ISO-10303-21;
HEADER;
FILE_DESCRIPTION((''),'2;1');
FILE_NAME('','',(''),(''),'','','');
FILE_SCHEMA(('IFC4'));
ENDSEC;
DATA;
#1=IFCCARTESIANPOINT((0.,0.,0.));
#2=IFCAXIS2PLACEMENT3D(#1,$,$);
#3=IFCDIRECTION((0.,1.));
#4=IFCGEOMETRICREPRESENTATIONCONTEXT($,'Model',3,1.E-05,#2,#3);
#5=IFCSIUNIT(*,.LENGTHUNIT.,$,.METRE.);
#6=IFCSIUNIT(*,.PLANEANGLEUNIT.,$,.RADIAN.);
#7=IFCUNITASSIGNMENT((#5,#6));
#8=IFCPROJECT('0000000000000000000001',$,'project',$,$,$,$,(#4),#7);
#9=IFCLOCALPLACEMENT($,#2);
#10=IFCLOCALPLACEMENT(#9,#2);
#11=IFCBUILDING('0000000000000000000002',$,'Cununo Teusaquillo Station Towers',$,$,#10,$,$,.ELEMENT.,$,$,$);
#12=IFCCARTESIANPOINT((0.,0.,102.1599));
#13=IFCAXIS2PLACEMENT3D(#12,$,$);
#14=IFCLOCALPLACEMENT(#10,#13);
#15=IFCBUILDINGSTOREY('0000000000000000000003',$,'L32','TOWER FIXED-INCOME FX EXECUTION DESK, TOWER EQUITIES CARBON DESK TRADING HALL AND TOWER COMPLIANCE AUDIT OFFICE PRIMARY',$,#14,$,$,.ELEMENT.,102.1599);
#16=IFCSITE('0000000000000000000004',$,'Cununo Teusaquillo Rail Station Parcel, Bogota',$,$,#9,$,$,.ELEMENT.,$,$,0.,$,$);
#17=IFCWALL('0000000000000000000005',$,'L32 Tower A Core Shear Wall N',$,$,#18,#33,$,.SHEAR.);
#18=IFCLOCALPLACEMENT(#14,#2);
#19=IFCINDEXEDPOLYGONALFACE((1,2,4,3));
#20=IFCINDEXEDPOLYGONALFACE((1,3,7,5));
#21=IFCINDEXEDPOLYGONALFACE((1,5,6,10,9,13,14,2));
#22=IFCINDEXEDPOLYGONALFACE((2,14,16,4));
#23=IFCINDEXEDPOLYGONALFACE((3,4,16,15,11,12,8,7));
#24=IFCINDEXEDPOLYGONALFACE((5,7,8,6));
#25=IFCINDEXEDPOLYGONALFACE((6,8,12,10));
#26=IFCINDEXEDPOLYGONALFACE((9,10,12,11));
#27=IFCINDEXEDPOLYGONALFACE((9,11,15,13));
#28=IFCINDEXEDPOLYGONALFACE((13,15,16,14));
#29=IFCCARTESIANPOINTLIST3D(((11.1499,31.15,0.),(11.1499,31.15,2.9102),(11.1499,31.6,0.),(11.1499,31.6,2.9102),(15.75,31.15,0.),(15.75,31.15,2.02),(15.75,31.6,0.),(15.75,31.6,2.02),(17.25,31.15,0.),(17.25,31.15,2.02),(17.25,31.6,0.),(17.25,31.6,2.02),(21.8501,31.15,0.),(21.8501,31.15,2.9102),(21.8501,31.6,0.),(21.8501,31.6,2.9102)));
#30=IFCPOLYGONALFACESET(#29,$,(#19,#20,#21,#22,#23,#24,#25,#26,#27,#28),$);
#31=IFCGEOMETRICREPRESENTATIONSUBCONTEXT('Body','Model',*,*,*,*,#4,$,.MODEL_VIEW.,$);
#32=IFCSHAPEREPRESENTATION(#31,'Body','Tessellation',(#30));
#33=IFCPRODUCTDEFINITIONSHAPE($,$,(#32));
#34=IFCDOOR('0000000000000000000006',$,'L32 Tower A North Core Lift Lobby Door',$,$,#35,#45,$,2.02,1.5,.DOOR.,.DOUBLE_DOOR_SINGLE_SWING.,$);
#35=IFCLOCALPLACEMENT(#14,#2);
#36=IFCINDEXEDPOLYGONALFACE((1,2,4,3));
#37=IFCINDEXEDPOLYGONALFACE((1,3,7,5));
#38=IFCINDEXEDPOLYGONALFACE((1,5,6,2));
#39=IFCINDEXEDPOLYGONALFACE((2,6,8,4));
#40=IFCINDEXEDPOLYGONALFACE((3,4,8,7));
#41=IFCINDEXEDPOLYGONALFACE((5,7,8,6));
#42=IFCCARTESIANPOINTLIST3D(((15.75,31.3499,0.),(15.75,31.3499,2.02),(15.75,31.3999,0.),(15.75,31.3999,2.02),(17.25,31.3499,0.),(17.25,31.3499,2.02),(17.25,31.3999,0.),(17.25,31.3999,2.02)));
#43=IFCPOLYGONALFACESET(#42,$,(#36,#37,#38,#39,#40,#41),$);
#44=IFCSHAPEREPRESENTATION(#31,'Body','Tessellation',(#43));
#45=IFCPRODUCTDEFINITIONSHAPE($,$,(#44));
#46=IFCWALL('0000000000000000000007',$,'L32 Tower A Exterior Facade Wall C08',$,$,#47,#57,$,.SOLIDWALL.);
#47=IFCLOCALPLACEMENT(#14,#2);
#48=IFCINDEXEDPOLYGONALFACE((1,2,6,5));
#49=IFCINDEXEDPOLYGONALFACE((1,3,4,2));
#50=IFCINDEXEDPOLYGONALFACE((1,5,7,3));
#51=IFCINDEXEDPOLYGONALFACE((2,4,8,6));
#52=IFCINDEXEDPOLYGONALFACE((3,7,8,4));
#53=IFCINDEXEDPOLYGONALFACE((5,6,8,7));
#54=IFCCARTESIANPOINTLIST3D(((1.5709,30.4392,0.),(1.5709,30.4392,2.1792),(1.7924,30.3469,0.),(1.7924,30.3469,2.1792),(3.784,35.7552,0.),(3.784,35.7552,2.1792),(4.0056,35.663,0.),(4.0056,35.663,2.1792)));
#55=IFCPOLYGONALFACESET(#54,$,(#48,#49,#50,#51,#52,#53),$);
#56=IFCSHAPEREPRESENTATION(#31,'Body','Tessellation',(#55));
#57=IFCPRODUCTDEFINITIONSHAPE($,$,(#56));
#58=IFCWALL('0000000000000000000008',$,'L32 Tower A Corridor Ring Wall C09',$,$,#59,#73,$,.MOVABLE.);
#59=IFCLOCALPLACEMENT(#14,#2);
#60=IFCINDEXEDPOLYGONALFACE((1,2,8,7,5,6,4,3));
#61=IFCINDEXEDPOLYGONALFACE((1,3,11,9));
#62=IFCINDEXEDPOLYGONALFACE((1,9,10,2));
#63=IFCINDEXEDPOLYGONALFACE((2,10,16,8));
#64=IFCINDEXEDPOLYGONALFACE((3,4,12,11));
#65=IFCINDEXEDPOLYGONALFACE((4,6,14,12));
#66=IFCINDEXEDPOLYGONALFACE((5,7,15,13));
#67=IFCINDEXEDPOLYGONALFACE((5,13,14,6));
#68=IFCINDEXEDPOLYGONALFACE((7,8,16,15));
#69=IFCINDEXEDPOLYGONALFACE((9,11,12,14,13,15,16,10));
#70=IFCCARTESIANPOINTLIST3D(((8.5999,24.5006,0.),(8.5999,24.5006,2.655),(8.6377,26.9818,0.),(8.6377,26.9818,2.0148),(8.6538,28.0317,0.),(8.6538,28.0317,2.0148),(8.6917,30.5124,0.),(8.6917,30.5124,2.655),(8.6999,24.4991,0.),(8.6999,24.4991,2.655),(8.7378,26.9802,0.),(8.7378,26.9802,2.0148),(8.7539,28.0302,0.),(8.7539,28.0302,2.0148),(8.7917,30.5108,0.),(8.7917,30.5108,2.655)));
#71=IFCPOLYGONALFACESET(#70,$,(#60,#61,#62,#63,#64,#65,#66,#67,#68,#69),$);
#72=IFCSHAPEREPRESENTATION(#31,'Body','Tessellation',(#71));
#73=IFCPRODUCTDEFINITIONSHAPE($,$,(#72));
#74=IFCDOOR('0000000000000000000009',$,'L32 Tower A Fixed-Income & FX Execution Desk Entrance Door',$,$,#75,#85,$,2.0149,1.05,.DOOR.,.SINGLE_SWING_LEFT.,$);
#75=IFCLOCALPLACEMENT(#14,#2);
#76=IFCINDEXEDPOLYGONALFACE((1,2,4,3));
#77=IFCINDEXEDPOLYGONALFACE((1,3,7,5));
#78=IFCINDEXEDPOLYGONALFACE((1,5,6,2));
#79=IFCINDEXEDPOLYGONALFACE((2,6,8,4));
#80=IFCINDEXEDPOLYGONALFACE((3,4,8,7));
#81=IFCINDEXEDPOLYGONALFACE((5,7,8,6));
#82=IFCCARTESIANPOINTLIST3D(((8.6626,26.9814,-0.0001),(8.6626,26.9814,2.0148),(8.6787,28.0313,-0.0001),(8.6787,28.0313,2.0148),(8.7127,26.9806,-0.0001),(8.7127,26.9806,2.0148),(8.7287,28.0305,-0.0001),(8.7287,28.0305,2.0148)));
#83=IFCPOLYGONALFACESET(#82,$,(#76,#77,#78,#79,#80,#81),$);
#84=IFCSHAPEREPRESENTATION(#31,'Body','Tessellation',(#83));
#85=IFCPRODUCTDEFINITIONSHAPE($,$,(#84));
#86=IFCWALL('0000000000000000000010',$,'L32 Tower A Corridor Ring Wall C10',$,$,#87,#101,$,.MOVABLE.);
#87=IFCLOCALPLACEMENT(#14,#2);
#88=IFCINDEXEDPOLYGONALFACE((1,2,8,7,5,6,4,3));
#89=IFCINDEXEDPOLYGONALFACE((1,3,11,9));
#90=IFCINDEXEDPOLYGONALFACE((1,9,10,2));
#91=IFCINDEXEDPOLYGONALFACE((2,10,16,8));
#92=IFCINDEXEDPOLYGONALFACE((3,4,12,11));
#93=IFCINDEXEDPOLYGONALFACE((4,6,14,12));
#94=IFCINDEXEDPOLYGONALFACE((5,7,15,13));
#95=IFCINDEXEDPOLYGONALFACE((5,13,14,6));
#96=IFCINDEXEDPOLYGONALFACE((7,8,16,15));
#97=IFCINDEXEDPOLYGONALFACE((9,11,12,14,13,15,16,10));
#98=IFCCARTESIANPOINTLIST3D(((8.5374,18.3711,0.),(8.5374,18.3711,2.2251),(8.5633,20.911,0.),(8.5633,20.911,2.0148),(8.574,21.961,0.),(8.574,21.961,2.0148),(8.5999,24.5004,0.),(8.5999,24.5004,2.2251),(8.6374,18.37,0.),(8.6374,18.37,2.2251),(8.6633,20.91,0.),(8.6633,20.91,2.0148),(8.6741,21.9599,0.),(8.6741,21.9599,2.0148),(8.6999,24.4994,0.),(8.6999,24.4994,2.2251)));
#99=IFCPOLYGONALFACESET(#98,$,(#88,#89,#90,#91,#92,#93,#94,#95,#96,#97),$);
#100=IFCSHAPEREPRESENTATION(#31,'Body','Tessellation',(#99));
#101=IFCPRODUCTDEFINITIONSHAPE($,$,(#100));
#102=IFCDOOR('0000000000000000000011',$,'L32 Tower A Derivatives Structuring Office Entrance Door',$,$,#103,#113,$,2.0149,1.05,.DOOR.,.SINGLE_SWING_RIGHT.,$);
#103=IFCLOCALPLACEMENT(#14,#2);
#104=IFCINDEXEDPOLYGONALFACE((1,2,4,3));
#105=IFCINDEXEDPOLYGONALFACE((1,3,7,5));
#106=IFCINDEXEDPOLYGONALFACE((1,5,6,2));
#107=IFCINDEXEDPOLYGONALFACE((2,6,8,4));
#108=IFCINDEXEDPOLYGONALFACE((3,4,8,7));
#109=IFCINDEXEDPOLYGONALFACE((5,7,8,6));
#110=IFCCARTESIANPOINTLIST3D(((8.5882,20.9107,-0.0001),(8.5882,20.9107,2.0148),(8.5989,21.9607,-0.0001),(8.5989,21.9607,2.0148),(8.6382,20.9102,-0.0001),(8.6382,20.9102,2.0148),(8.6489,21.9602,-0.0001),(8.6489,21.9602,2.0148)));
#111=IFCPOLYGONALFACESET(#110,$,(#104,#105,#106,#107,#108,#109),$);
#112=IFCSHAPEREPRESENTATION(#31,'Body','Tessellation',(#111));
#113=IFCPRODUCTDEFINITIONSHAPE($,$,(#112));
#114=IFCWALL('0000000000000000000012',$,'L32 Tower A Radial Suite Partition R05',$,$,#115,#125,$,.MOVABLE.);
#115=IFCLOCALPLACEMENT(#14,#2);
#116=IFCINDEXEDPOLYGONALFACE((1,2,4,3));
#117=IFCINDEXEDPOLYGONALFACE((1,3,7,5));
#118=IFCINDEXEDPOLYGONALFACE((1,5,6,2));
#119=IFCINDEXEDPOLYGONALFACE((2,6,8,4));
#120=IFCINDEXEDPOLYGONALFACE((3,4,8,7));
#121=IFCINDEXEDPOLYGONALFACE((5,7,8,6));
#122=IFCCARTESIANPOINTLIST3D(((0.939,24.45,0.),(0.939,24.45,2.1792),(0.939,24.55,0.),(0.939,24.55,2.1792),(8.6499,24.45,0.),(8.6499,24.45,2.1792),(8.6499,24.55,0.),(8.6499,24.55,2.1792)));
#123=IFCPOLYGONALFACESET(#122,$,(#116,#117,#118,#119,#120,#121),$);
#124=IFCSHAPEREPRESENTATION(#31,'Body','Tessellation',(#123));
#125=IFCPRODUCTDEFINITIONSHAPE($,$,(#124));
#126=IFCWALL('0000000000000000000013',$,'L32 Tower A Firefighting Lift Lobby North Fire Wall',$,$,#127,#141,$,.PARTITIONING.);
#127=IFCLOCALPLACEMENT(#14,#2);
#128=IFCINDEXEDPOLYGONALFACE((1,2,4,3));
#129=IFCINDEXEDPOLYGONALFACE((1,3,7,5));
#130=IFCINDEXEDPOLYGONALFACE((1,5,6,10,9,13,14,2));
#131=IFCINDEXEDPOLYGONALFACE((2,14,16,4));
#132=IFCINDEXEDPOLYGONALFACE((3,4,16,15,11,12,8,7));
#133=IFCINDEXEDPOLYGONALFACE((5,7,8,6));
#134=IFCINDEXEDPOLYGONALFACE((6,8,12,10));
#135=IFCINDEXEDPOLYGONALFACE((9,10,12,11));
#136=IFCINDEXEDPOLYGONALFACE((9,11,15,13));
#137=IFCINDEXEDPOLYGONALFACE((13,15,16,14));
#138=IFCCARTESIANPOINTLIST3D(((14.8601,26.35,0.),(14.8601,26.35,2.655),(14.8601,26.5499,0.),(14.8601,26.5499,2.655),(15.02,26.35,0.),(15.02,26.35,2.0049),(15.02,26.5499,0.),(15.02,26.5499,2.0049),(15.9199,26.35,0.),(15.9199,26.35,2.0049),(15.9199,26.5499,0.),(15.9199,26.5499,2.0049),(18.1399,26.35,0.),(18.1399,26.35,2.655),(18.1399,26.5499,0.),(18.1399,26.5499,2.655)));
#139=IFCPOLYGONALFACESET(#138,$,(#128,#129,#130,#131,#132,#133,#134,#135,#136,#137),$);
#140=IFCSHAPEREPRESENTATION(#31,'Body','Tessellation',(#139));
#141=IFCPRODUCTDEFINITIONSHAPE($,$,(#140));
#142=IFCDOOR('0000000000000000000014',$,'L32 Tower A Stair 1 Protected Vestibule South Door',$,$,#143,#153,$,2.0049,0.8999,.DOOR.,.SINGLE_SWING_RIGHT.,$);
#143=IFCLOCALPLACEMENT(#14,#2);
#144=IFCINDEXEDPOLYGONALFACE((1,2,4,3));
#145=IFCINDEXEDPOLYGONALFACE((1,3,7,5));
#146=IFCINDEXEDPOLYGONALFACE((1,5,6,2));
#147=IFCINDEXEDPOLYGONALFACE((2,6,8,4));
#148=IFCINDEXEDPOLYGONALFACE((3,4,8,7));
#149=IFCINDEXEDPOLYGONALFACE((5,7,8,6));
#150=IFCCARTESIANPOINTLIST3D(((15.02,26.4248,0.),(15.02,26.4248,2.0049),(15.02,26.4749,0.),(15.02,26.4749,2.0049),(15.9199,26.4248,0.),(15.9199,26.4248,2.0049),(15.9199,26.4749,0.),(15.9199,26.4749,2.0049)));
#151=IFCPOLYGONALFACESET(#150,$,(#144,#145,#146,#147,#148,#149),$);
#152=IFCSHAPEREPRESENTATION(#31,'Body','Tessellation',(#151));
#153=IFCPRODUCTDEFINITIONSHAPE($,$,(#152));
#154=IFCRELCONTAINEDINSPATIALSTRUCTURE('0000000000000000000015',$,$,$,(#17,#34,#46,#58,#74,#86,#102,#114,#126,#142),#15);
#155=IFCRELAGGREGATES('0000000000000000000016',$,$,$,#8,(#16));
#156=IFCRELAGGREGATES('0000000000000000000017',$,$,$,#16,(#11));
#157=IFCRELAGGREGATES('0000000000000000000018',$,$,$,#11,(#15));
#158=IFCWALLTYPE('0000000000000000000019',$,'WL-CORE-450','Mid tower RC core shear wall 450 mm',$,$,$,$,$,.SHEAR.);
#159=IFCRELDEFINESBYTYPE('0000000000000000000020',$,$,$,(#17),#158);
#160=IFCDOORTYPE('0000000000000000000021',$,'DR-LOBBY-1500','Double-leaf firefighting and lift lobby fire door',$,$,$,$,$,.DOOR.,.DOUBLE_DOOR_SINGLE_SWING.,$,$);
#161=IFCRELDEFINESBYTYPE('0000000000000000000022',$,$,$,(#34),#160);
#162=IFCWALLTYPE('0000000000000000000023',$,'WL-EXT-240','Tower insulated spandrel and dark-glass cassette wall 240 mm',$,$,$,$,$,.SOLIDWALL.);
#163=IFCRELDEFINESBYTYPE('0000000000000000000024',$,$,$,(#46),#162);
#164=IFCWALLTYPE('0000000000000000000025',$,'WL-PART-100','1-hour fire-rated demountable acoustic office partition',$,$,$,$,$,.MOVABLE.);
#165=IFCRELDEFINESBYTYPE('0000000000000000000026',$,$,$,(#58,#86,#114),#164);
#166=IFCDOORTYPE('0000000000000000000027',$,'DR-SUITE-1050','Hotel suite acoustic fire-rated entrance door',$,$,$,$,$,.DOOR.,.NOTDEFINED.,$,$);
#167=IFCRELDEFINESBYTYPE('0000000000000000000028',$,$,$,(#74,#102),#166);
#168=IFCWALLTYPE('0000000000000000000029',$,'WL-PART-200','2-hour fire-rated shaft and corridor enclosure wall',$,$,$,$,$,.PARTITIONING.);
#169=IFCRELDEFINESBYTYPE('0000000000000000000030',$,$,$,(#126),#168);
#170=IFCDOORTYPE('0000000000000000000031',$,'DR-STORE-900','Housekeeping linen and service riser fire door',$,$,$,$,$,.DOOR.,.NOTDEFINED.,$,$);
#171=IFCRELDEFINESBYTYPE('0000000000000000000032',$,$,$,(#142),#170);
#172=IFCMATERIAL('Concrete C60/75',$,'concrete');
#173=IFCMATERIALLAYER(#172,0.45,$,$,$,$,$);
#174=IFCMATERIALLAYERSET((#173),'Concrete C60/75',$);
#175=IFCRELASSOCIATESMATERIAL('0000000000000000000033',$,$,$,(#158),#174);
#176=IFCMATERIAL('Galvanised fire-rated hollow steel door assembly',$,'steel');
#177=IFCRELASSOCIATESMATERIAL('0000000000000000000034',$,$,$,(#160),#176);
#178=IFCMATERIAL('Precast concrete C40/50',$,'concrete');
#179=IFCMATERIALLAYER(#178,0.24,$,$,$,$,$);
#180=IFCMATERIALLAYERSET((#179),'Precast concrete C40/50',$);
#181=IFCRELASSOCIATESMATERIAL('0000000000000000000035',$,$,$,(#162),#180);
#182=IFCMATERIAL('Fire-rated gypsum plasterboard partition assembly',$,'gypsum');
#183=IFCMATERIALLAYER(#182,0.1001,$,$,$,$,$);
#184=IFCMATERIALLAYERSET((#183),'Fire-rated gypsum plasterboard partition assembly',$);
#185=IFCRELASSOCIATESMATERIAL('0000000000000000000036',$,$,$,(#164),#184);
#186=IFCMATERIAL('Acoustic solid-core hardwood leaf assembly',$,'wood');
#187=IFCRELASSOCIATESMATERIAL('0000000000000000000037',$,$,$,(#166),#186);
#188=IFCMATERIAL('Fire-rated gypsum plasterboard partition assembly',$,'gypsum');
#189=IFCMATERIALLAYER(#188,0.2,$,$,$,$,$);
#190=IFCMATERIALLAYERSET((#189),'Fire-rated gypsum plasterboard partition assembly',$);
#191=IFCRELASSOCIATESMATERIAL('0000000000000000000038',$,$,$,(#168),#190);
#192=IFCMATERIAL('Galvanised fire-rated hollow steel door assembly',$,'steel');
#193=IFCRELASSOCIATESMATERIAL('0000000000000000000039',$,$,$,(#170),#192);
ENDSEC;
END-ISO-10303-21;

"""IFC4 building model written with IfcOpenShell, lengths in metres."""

from ifc_helpers import new_model, si_unit, direction, frame, frame_2d, origin, place, context, subcontext, project, spatial, rectangle, extrude, source, transform, mapped, material, layer, layer_set, type_object, element, fill, save


model = new_model("IFC4")

# Units and contexts
model_context = context("Model", 3, precision=1e-05, world=origin(), true_north=direction((0.0, 1.0)))
body_context = subcontext(model_context, "Body", "Model", "MODEL_VIEW")
ifc_project = project(units=[si_unit("LENGTHUNIT", "METRE"), si_unit("PLANEANGLEUNIT", "RADIAN")], contexts=[model_context])

# Site, building, storey
site_placement = place(None, origin())
site = spatial("IfcSite", under=ifc_project, at=site_placement, Name="Cununo Teusaquillo Rail Station Parcel, Bogota", CompositionType="ELEMENT", RefElevation=0.0)
building_placement = place(site_placement, origin())
building = spatial("IfcBuilding", under=site, at=building_placement, Name="Cununo Teusaquillo Station Towers", CompositionType="ELEMENT")
storey_placement = place(building_placement, frame((0.0, 0.0, 102.1599)))
storey = spatial("IfcBuildingStorey", under=building, at=storey_placement, Name="L32", Description="TOWER FIXED-INCOME FX EXECUTION DESK, TOWER EQUITIES CARBON DESK TRADING HALL AND TOWER COMPLIANCE AUDIT OFFICE PRIMARY", CompositionType="ELEMENT", Elevation=102.1599)

# Wall, opening, door
ifc_material_1 = material(Name="Concrete C60/75", Category="concrete")
ifc_layer_1 = layer(ifc_material_1, 0.45)
ifc_layer_set_1 = layer_set([ifc_layer_1], Name="Concrete C60/75")
wall_type_1 = type_object("IfcWallType", Name="WL-CORE-450", Description="Mid tower RC core shear wall 450 mm", PredefinedType="SHEAR", material=ifc_layer_set_1)
wall_1_placement = place(storey_placement, frame((11.1499, 31.375, 0.0), z_axis=(0.0, 0.0, 1.0), x_axis=(1.0, 0.0, 0.0)))
wall_1 = element("IfcWall", 1, at=wall_1_placement, inside=storey, type_object=wall_type_1, Name="L32 Tower A Core Shear Wall N", PredefinedType="SHEAR", context=body_context, shape_type="SweptSolid", body=[
    extrude(rectangle(XDim=10.7002, YDim=0.45, at=frame_2d((5.3501, 0.0))), origin(), (0.0, 0.0, 1.0), 2.9102),
])
shared_shape_1 = source(origin(), body_context, "Body", "SweptSolid", [
    extrude(rectangle(XDim=1.5, YDim=2.02, at=frame_2d((0.75, 1.01))), frame((0.0, 0.2349, 0.0), z_axis=(0.0, -1.0, 0.0), x_axis=(1.0, 0.0, 0.0)), (0.0, 0.0, 1.0), 0.47),
])
opening_1_placement = place(wall_1_placement, frame((4.6001, 0.0, 0.0)))
opening_1 = element("IfcOpeningElement", 2, at=opening_1_placement, cuts=wall_1, PredefinedType="OPENING", context=body_context, shape_type="MappedRepresentation", body=[
    mapped(shared_shape_1, transform((0.0, 0.0, 0.0), x_axis=(1.0, 0.0, 0.0), y_axis=(0.0, 1.0, 0.0), z_axis=(0.0, 0.0, 1.0), scale=1.0)),
])
ifc_material_2 = material(Name="Galvanised fire-rated hollow steel door assembly", Category="steel")
door_type_1 = type_object("IfcDoorType", Name="DR-LOBBY-1500", Description="Double-leaf firefighting and lift lobby fire door", OperationType="DOUBLE_DOOR_SINGLE_SWING", PredefinedType="DOOR", material=ifc_material_2)
shared_shape_2 = source(origin(), body_context, "Body", "SweptSolid", [
    extrude(rectangle(XDim=1.5, YDim=2.02, at=frame_2d((0.75, 1.01))), frame((0.0, 0.0249, 0.0), z_axis=(0.0, -1.0, 0.0), x_axis=(1.0, 0.0, 0.0)), (0.0, 0.0, 1.0), 0.05),
])
door_1_placement = place(opening_1_placement, origin())
door_1 = element("IfcDoor", 3, at=door_1_placement, inside=storey, type_object=door_type_1, Name="L32 Tower A North Core Lift Lobby Door", OperationType="DOUBLE_DOOR_SINGLE_SWING", OverallHeight=2.02, OverallWidth=1.5, PredefinedType="DOOR", context=body_context, shape_type="MappedRepresentation", body=[
    mapped(shared_shape_2, transform((0.0, 0.0, 0.0), x_axis=(1.0, 0.0, 0.0), y_axis=(0.0, 1.0, 0.0), z_axis=(0.0, 0.0, 1.0), scale=1.0)),
])
fill(opening_1, door_1)

# Wall
ifc_material_3 = material(Name="Precast concrete C40/50", Category="concrete")
ifc_layer_2 = layer(ifc_material_3, 0.24)
ifc_layer_set_2 = layer_set([ifc_layer_2], Name="Precast concrete C40/50")
wall_type_2 = type_object("IfcWallType", Name="WL-EXT-240", Description="Tower insulated spandrel and dark-glass cassette wall 240 mm", PredefinedType="SOLIDWALL", material=ifc_layer_set_2)
wall_2_placement = place(storey_placement, frame((1.6816, 30.3931, 0.0), z_axis=(0.0, 0.0, 1.0), x_axis=(0.384344, 0.92319, 0.0)))
element("IfcWall", 4, at=wall_2_placement, inside=storey, type_object=wall_type_2, Name="L32 Tower A Exterior Facade Wall C08", PredefinedType="SOLIDWALL", context=body_context, shape_type="SweptSolid", body=[
    extrude(rectangle(XDim=5.7583, YDim=0.24, at=frame_2d((2.8792, 0.0))), origin(), (0.0, 0.0, 1.0), 2.1792),
])

# Walls, openings, doors
ifc_material_4 = material(Name="Fire-rated gypsum plasterboard partition assembly", Category="gypsum")
ifc_layer_3 = layer(ifc_material_4, 0.1001)
ifc_layer_set_3 = layer_set([ifc_layer_3], Name="Fire-rated gypsum plasterboard partition assembly")
wall_type_3 = type_object("IfcWallType", Name="WL-PART-100", Description="1-hour fire-rated demountable acoustic office partition", PredefinedType="MOVABLE", material=ifc_layer_set_3)
wall_3_placement = place(storey_placement, frame((8.7417, 30.5117, 0.0), z_axis=(0.0, 0.0, 1.0), x_axis=(-0.015268, -0.999883, 0.0)))
wall_3 = element("IfcWall", 5, at=wall_3_placement, inside=storey, type_object=wall_type_3, Name="L32 Tower A Corridor Ring Wall C09", PredefinedType="MOVABLE", context=body_context, shape_type="SweptSolid", body=[
    extrude(rectangle(XDim=6.0125, YDim=0.1001, at=frame_2d((3.0063, 0.0))), origin(), (0.0, 0.0, 1.0), 2.655),
])
shared_shape_3 = source(origin(), body_context, "Body", "SweptSolid", [
    extrude(rectangle(XDim=1.05, YDim=2.0149, at=frame_2d((0.5249, 1.0073))), frame((0.0, 0.0601, 0.0), z_axis=(0.0, -1.0, 0.0), x_axis=(1.0, 0.0, 0.0)), (0.0, 0.0, 1.0), 0.1201),
])
opening_2_placement = place(wall_3_placement, frame((2.4812, 0.0, 0.0)))
opening_2 = element("IfcOpeningElement", 6, at=opening_2_placement, cuts=wall_3, PredefinedType="OPENING", context=body_context, shape_type="MappedRepresentation", body=[
    mapped(shared_shape_3, transform((0.0, 0.0, 0.0), x_axis=(1.0, 0.0, 0.0), y_axis=(0.0, 1.0, 0.0), z_axis=(0.0, 0.0, 1.0), scale=1.0)),
])
ifc_material_5 = material(Name="Acoustic solid-core hardwood leaf assembly", Category="wood")
door_type_2 = type_object("IfcDoorType", Name="DR-SUITE-1050", Description="Hotel suite acoustic fire-rated entrance door", OperationType="NOTDEFINED", PredefinedType="DOOR", material=ifc_material_5)
shared_shape_4 = source(origin(), body_context, "Body", "SweptSolid", [
    extrude(rectangle(XDim=1.05, YDim=2.0149, at=frame_2d((0.5249, 1.0073))), frame((0.0, 0.0249, 0.0), z_axis=(0.0, -1.0, 0.0), x_axis=(1.0, 0.0, 0.0)), (0.0, 0.0, 1.0), 0.05),
])
door_2_placement = place(opening_2_placement, origin())
door_2 = element("IfcDoor", 7, at=door_2_placement, inside=storey, type_object=door_type_2, Name="L32 Tower A Fixed-Income & FX Execution Desk Entrance Door", OperationType="SINGLE_SWING_LEFT", OverallHeight=2.0149, OverallWidth=1.05, PredefinedType="DOOR", context=body_context, shape_type="MappedRepresentation", body=[
    mapped(shared_shape_4, transform((0.0, 0.0, 0.0), x_axis=(1.0, 0.0, 0.0), y_axis=(0.0, 1.0, 0.0), z_axis=(0.0, 0.0, 1.0), scale=1.0)),
])
fill(opening_2, door_2)
wall_4_placement = place(storey_placement, frame((8.6499, 24.5, 0.0), z_axis=(0.0, 0.0, 1.0), x_axis=(-0.010196, -0.999948, 0.0)))
wall_4 = element("IfcWall", 8, at=wall_4_placement, inside=storey, type_object=wall_type_3, Name="L32 Tower A Corridor Ring Wall C10", PredefinedType="MOVABLE", context=body_context, shape_type="SweptSolid", body=[
    extrude(rectangle(XDim=6.1296, YDim=0.1001, at=frame_2d((3.0649, 0.0))), origin(), (0.0, 0.0, 1.0), 2.2251),
])
opening_3_placement = place(wall_4_placement, frame((2.5398, 0.0, 0.0)))
opening_3 = element("IfcOpeningElement", 9, at=opening_3_placement, cuts=wall_4, PredefinedType="OPENING", context=body_context, shape_type="MappedRepresentation", body=[
    mapped(shared_shape_3, transform((0.0, 0.0, 0.0), x_axis=(1.0, 0.0, 0.0), y_axis=(0.0, 1.0, 0.0), z_axis=(0.0, 0.0, 1.0), scale=1.0)),
])
door_3_placement = place(opening_3_placement, origin())
door_3 = element("IfcDoor", 10, at=door_3_placement, inside=storey, type_object=door_type_2, Name="L32 Tower A Derivatives Structuring Office Entrance Door", OperationType="SINGLE_SWING_RIGHT", OverallHeight=2.0149, OverallWidth=1.05, PredefinedType="DOOR", context=body_context, shape_type="MappedRepresentation", body=[
    mapped(shared_shape_4, transform((0.0, 0.0, 0.0), x_axis=(1.0, 0.0, 0.0), y_axis=(0.0, 1.0, 0.0), z_axis=(0.0, 0.0, 1.0), scale=1.0)),
])
fill(opening_3, door_3)

# Wall
wall_5_placement = place(storey_placement, frame((8.6499, 24.5, 0.0), z_axis=(0.0, 0.0, 1.0), x_axis=(-1.0, 0.0, 0.0)))
element("IfcWall", 11, at=wall_5_placement, inside=storey, type_object=wall_type_3, Name="L32 Tower A Radial Suite Partition R05", PredefinedType="MOVABLE", context=body_context, shape_type="SweptSolid", body=[
    extrude(rectangle(XDim=7.7109, YDim=0.1001, at=frame_2d((3.8555, 0.0))), origin(), (0.0, 0.0, 1.0), 2.1792),
])

# Wall, opening, door
ifc_material_6 = material(Name="Fire-rated gypsum plasterboard partition assembly", Category="gypsum")
ifc_layer_4 = layer(ifc_material_6, 0.2)
ifc_layer_set_4 = layer_set([ifc_layer_4], Name="Fire-rated gypsum plasterboard partition assembly")
wall_type_4 = type_object("IfcWallType", Name="WL-PART-200", Description="2-hour fire-rated shaft and corridor enclosure wall", PredefinedType="PARTITIONING", material=ifc_layer_set_4)
wall_6_placement = place(storey_placement, frame((14.8601, 26.45, 0.0), z_axis=(0.0, 0.0, 1.0), x_axis=(1.0, 0.0, 0.0)))
wall_6 = element("IfcWall", 12, at=wall_6_placement, inside=storey, type_object=wall_type_4, Name="L32 Tower A Firefighting Lift Lobby North Fire Wall", PredefinedType="PARTITIONING", context=body_context, shape_type="SweptSolid", body=[
    extrude(rectangle(XDim=3.2798, YDim=0.2, at=frame_2d((1.6399, 0.0))), origin(), (0.0, 0.0, 1.0), 2.655),
])
shared_shape_5 = source(origin(), body_context, "Body", "SweptSolid", [
    extrude(rectangle(XDim=0.8999, YDim=2.0049, at=frame_2d((0.45, 1.0024))), frame((0.0, 0.1099, 0.0), z_axis=(0.0, -1.0, 0.0), x_axis=(1.0, 0.0, 0.0)), (0.0, 0.0, 1.0), 0.22),
])
opening_4_placement = place(wall_6_placement, frame((0.1599, 0.0, 0.0)))
opening_4 = element("IfcOpeningElement", 13, at=opening_4_placement, cuts=wall_6, PredefinedType="OPENING", context=body_context, shape_type="MappedRepresentation", body=[
    mapped(shared_shape_5, transform((0.0, 0.0, 0.0), x_axis=(1.0, 0.0, 0.0), y_axis=(0.0, 1.0, 0.0), z_axis=(0.0, 0.0, 1.0), scale=1.0)),
])
ifc_material_7 = material(Name="Galvanised fire-rated hollow steel door assembly", Category="steel")
door_type_3 = type_object("IfcDoorType", Name="DR-STORE-900", Description="Housekeeping linen and service riser fire door", OperationType="NOTDEFINED", PredefinedType="DOOR", material=ifc_material_7)
shared_shape_6 = source(origin(), body_context, "Body", "SweptSolid", [
    extrude(rectangle(XDim=0.8999, YDim=2.0049, at=frame_2d((0.45, 1.0024))), frame((0.0, 0.0249, 0.0), z_axis=(0.0, -1.0, 0.0), x_axis=(1.0, 0.0, 0.0)), (0.0, 0.0, 1.0), 0.05),
])
door_4_placement = place(opening_4_placement, origin())
door_4 = element("IfcDoor", 14, at=door_4_placement, inside=storey, type_object=door_type_3, Name="L32 Tower A Stair 1 Protected Vestibule South Door", OperationType="SINGLE_SWING_RIGHT", OverallHeight=2.0049, OverallWidth=0.8999, PredefinedType="DOOR", context=body_context, shape_type="MappedRepresentation", body=[
    mapped(shared_shape_6, transform((0.0, 0.0, 0.0), x_axis=(1.0, 0.0, 0.0), y_axis=(0.0, 1.0, 0.0), z_axis=(0.0, 0.0, 1.0), scale=1.0)),
])
fill(opening_4, door_4)

save(model, "model.ifc")
